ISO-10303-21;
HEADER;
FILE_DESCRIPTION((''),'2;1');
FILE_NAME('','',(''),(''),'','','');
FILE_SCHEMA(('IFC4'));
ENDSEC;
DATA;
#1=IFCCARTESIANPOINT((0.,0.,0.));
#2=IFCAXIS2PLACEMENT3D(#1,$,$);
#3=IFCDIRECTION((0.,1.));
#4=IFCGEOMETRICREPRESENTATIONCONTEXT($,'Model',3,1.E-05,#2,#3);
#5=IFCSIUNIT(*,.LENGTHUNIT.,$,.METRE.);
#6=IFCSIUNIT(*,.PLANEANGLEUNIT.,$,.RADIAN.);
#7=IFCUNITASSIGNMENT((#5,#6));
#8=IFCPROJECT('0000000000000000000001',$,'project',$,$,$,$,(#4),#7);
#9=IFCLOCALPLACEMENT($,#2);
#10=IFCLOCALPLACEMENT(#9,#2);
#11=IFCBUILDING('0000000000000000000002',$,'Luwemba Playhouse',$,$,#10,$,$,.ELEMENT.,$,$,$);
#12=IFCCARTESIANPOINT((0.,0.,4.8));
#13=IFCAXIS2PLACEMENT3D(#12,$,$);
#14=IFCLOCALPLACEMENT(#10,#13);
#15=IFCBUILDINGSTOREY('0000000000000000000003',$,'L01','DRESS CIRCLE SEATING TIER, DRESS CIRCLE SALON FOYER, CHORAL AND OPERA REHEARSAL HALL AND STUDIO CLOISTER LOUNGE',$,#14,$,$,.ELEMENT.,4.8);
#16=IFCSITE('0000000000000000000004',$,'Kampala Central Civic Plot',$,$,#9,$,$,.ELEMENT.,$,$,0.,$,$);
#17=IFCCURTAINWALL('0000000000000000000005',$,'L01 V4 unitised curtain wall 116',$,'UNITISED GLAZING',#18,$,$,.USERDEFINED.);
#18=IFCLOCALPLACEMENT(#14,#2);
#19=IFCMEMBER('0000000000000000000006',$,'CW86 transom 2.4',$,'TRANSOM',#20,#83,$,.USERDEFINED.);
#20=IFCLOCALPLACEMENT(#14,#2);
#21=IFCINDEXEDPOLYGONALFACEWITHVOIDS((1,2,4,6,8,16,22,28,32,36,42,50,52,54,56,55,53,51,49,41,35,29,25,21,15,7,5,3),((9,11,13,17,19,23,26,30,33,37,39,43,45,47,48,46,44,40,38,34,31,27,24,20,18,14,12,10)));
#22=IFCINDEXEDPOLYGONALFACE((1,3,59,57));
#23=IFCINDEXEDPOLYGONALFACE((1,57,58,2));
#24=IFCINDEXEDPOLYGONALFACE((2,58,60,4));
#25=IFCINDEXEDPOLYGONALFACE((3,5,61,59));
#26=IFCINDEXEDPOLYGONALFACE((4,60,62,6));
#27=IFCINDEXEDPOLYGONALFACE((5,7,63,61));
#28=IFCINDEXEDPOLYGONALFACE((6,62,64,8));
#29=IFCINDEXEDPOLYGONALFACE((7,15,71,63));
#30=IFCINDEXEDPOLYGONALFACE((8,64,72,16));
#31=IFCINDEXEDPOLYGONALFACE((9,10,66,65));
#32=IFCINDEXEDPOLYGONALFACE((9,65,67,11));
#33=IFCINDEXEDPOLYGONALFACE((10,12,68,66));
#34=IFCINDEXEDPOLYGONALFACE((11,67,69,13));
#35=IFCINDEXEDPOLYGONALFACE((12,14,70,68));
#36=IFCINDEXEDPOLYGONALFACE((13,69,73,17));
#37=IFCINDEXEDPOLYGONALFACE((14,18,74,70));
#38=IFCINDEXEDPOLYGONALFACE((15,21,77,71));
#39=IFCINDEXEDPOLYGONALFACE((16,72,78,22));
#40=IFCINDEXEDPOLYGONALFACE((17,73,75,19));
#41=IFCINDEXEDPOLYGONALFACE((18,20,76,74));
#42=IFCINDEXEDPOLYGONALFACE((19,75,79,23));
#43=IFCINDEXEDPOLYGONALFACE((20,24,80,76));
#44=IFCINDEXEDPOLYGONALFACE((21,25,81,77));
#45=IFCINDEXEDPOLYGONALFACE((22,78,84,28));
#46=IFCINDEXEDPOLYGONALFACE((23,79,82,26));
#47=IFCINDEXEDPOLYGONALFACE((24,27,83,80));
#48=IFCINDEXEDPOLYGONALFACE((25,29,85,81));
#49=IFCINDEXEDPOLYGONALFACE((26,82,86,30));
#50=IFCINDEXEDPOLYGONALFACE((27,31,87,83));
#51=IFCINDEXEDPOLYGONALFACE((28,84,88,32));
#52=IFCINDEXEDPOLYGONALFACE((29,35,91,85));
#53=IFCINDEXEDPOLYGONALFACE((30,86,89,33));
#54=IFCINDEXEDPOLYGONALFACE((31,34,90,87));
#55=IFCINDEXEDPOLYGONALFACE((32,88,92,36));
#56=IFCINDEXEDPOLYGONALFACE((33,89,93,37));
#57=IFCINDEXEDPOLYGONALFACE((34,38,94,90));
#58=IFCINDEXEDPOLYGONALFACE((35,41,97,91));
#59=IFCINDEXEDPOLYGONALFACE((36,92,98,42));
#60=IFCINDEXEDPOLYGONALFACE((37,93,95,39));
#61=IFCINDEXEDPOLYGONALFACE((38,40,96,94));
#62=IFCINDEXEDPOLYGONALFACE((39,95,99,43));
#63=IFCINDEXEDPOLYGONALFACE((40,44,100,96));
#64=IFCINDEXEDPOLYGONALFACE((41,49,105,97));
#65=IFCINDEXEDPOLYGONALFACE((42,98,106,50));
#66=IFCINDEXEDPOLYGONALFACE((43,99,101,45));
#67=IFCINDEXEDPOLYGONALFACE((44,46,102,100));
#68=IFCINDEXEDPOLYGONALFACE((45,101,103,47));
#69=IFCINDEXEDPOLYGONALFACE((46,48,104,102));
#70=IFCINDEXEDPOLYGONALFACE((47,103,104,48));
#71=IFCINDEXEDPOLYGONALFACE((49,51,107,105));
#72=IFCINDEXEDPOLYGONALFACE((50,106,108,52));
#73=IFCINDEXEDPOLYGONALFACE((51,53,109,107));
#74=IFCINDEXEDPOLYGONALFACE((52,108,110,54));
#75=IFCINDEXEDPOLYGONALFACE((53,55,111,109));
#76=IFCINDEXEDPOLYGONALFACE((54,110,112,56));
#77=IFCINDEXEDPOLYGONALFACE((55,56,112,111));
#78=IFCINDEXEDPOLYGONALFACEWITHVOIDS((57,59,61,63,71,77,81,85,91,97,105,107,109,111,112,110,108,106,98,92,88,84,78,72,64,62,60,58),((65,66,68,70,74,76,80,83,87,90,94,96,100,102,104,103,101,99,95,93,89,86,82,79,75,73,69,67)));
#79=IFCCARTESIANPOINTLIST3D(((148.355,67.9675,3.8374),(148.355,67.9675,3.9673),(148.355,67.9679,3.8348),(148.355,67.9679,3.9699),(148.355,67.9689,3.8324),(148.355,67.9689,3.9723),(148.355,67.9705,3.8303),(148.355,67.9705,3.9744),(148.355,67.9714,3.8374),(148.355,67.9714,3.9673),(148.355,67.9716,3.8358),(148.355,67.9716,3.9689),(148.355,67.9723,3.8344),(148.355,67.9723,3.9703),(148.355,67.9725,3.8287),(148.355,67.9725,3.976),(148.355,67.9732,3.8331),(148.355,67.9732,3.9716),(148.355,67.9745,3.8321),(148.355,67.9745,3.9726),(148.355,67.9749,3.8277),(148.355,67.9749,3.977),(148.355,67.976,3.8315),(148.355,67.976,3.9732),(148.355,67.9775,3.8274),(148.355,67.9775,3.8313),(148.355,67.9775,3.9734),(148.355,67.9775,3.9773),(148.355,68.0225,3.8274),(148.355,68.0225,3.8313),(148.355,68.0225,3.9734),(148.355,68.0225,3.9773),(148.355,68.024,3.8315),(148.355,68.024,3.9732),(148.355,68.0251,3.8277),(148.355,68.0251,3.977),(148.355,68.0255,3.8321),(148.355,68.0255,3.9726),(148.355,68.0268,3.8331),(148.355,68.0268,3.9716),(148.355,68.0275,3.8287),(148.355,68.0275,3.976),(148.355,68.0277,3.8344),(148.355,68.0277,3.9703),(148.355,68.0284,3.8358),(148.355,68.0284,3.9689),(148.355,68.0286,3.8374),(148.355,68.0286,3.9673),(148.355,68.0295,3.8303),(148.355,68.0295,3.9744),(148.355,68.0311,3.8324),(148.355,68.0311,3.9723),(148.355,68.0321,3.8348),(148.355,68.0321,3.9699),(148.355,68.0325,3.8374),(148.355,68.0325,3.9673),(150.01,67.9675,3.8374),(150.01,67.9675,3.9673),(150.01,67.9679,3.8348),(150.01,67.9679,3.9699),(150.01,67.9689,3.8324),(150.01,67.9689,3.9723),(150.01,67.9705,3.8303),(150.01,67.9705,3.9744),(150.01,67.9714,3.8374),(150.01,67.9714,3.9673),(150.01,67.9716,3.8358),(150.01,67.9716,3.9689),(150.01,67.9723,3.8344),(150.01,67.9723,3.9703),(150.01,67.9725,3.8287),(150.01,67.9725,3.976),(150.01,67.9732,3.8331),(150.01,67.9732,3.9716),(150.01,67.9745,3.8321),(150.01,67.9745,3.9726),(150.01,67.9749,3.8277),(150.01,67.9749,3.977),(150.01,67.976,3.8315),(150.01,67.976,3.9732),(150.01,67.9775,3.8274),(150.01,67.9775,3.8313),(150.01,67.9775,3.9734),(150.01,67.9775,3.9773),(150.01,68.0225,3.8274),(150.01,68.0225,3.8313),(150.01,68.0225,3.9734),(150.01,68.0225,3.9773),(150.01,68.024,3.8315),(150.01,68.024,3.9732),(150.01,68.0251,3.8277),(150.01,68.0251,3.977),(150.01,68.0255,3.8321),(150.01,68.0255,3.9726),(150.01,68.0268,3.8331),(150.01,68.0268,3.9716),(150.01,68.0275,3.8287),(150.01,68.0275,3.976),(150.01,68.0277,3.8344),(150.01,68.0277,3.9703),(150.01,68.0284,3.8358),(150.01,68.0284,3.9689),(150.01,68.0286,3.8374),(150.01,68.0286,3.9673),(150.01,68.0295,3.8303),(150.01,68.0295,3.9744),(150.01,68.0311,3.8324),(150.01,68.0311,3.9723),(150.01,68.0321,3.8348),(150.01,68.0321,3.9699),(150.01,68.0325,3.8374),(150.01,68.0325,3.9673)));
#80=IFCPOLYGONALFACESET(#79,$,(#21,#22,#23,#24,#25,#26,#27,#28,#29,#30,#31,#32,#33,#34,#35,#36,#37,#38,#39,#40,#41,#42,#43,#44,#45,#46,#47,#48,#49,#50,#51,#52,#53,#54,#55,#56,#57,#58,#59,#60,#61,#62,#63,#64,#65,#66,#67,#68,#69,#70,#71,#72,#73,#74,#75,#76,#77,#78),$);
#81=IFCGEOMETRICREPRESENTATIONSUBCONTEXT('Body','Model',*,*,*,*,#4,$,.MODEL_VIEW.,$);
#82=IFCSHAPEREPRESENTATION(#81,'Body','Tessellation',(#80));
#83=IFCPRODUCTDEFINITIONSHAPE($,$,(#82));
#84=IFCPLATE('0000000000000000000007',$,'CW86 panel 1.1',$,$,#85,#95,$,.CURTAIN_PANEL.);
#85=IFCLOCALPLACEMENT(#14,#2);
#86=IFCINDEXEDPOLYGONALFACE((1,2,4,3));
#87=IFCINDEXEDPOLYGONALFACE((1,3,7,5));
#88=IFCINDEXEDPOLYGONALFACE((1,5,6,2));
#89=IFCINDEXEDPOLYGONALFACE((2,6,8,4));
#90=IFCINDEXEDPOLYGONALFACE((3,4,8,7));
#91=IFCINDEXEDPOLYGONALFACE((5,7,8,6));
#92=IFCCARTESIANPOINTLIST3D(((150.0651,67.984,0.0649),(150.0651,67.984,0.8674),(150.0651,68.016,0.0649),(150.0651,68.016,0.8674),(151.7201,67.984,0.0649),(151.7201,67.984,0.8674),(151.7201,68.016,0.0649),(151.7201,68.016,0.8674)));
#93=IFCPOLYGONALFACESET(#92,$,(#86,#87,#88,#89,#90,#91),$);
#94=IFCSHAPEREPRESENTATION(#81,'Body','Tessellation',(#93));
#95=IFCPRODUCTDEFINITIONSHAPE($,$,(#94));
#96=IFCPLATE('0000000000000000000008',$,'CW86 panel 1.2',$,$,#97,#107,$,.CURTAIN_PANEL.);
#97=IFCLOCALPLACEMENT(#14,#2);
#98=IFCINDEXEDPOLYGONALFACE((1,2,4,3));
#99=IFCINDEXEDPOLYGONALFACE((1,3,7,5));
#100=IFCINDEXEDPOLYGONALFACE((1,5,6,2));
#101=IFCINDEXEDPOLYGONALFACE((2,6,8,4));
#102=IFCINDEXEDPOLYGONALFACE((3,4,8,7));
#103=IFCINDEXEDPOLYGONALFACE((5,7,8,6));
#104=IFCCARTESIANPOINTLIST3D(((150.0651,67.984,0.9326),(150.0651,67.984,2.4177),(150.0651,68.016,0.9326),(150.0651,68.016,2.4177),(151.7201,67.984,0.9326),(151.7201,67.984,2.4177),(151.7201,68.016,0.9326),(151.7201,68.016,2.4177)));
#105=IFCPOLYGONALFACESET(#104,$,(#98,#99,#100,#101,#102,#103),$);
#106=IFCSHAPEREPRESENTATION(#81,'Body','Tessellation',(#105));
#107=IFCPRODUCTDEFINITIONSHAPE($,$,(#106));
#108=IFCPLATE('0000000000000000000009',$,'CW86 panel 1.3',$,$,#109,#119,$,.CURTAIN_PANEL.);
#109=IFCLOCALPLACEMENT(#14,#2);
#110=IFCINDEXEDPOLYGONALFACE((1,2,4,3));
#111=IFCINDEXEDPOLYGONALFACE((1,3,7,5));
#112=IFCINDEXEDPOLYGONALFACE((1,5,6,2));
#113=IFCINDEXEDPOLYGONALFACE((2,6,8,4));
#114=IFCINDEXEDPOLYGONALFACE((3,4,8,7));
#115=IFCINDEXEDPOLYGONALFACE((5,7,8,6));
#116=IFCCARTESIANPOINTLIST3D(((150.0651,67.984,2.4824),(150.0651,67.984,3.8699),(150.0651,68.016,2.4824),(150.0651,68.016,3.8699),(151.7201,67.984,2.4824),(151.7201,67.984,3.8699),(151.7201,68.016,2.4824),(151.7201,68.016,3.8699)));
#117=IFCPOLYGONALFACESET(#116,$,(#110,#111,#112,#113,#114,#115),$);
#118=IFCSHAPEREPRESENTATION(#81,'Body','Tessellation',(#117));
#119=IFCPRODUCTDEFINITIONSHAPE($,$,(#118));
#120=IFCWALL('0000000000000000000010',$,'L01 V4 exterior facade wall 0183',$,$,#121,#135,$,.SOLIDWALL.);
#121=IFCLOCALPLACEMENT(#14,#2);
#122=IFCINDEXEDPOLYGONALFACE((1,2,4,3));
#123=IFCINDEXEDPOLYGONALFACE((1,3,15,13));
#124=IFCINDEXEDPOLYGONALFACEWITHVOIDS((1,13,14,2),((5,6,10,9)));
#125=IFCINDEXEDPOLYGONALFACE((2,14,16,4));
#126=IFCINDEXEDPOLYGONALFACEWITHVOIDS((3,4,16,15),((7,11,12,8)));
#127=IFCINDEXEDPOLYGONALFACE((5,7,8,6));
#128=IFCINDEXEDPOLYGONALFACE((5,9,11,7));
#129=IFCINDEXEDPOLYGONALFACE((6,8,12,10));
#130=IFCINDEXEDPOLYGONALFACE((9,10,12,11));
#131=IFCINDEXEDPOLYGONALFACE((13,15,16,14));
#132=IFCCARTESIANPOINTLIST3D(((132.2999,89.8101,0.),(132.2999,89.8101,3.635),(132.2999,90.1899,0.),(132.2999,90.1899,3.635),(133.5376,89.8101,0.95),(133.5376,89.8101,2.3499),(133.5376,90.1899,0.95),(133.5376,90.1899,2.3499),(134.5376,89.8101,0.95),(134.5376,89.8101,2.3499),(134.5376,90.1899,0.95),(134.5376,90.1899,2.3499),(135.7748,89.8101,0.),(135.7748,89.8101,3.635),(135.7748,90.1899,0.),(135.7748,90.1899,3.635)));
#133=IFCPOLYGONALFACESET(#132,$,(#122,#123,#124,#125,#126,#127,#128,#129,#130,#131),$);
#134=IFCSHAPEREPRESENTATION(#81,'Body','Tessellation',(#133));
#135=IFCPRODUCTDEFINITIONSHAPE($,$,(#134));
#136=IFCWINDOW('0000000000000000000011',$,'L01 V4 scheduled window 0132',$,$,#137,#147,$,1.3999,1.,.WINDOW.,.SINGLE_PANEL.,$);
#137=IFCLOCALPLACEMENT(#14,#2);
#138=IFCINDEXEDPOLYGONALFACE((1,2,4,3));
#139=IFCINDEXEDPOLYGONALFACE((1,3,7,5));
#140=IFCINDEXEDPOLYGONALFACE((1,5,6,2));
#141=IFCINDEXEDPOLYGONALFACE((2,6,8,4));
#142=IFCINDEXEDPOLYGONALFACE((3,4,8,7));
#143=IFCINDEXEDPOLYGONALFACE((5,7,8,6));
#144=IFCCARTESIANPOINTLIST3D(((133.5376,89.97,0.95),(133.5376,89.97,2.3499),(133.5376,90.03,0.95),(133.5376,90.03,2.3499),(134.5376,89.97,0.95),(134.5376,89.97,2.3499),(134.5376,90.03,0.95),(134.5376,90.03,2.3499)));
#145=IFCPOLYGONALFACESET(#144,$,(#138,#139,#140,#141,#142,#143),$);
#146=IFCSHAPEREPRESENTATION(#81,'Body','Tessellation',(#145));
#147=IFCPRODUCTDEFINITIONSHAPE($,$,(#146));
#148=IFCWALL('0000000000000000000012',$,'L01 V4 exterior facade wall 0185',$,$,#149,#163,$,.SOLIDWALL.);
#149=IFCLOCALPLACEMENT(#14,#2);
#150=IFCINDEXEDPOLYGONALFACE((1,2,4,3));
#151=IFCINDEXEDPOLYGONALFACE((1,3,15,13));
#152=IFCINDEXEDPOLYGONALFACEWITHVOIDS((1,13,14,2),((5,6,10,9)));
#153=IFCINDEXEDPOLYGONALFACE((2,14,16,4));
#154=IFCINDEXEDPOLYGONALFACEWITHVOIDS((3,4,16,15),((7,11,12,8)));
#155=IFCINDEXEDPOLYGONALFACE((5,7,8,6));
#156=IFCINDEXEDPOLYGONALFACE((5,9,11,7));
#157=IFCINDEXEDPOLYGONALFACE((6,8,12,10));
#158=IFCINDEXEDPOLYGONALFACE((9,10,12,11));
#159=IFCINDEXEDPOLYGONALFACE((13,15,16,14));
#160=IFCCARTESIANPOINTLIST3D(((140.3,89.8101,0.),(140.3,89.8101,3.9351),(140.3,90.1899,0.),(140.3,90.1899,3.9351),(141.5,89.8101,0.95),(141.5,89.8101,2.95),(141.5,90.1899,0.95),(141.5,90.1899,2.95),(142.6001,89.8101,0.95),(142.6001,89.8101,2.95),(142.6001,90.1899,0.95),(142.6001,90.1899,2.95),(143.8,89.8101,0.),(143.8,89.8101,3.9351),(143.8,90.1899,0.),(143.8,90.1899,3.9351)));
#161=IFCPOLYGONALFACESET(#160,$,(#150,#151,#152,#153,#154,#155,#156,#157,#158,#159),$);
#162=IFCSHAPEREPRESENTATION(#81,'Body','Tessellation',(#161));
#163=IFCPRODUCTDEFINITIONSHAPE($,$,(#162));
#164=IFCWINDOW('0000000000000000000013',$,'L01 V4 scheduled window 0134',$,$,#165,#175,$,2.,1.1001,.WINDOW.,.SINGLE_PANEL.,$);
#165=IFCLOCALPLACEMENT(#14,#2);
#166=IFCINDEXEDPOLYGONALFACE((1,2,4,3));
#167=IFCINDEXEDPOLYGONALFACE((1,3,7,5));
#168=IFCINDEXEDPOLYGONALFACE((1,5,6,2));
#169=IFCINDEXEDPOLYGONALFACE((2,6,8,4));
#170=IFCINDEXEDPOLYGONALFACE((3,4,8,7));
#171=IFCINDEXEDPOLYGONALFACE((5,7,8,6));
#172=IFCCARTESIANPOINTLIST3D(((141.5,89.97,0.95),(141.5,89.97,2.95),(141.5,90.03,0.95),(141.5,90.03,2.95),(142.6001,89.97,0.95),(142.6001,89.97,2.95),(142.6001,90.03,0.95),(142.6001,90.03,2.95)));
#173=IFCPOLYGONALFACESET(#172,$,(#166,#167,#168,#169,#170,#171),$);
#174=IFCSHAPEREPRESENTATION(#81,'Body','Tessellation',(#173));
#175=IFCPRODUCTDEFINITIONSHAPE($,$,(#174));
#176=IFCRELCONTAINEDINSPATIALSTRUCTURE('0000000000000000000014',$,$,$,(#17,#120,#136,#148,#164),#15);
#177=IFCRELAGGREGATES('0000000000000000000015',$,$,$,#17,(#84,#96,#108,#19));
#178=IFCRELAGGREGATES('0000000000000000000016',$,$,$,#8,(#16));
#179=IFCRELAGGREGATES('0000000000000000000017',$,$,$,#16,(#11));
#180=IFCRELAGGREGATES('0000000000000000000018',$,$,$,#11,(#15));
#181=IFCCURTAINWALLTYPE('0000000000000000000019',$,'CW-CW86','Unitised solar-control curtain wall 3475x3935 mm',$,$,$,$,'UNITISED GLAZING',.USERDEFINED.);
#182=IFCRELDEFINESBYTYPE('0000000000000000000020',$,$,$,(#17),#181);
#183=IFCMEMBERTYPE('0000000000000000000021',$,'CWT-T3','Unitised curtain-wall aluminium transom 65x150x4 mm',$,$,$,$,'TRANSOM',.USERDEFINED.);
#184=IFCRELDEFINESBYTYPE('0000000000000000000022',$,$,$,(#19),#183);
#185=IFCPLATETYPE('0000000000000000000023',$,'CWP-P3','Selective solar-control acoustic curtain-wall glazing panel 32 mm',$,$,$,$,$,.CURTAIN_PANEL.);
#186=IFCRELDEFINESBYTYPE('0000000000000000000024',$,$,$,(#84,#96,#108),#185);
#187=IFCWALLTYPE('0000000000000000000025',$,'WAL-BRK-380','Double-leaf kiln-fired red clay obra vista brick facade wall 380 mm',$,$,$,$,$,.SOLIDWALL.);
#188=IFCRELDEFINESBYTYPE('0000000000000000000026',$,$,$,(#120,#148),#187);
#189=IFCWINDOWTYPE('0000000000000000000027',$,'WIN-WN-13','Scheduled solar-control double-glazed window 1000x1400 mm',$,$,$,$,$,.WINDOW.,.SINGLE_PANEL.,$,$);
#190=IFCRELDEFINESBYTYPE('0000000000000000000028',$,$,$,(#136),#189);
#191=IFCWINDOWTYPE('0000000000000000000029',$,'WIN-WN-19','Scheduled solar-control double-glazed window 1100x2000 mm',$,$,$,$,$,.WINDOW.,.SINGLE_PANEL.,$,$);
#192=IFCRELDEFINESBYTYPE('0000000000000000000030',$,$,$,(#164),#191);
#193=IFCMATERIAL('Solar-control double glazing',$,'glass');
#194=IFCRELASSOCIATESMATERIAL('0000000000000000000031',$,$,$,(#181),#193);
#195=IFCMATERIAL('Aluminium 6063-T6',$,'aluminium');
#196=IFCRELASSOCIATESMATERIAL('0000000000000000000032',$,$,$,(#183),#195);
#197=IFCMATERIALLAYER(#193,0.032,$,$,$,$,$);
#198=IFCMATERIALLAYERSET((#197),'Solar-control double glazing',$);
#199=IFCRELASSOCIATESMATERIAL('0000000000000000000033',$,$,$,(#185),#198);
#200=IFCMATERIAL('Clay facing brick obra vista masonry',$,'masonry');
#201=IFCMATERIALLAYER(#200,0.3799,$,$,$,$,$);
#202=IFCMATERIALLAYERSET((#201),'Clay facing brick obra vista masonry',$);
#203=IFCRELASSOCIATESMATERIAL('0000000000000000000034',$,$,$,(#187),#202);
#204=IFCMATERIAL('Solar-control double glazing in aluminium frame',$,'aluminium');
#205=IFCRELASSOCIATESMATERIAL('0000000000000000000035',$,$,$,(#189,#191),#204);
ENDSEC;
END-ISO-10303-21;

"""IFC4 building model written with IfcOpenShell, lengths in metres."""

from ifc_helpers import new_model, si_unit, direction, frame, frame_2d, origin, origin_2d, place, context, subcontext, project, spatial, rectangle, hollow_rectangle, extrude, material, layer, layer_set, material_profile, profile_set, type_object, element, fill, aggregate, save


model = new_model("IFC4")

# Units and contexts
model_context = context("Model", 3, precision=1e-05, world=origin(), true_north=direction((0.0, 1.0)))
body_context = subcontext(model_context, "Body", "Model", "MODEL_VIEW")
ifc_project = project(units=[si_unit("LENGTHUNIT", "METRE"), si_unit("PLANEANGLEUNIT", "RADIAN")], contexts=[model_context])

# Site, building, storey
site_placement = place(None, origin())
site = spatial("IfcSite", under=ifc_project, at=site_placement, Name="Kampala Central Civic Plot", CompositionType="ELEMENT", RefElevation=0.0)
building_placement = place(site_placement, origin())
building = spatial("IfcBuilding", under=site, at=building_placement, Name="Luwemba Playhouse", CompositionType="ELEMENT")
storey_placement = place(building_placement, frame((0.0, 0.0, 4.8)))
storey = spatial("IfcBuildingStorey", under=building, at=storey_placement, Name="L01", Description="DRESS CIRCLE SEATING TIER, DRESS CIRCLE SALON FOYER, CHORAL AND OPERA REHEARSAL HALL AND STUDIO CLOISTER LOUNGE", CompositionType="ELEMENT", Elevation=4.8)

# Curtain wall, member, plates
ifc_material_1 = material(Name="Solar-control double glazing", Category="glass")
curtain_wall_type = type_object("IfcCurtainWallType", Name="CW-CW86", Description="Unitised solar-control curtain wall 3475x3935 mm", ElementType="UNITISED GLAZING", PredefinedType="USERDEFINED", material=ifc_material_1)
curtain_wall_placement = place(storey_placement, origin())
curtain_wall = element("IfcCurtainWall", 1, at=curtain_wall_placement, inside=storey, type_object=curtain_wall_type, Name="L01 V4 unitised curtain wall 116", ObjectType="UNITISED GLAZING", PredefinedType="USERDEFINED")
ifc_material_2 = material(Name="Aluminium 6063-T6", Category="aluminium")
ifc_material_profile_1 = material_profile(ifc_material_2, hollow_rectangle(XDim=0.0649, YDim=0.1499, WallThickness=0.0039, InnerFilletRadius=0.0061, OuterFilletRadius=0.01, at=origin_2d()))
ifc_profile_set_1 = profile_set([ifc_material_profile_1], Name="Aluminium 6063-T6")
member_type_1 = type_object("IfcMemberType", Name="CWT-T3", Description="Unitised curtain-wall aluminium transom 65x150x4 mm", ElementType="TRANSOM", PredefinedType="USERDEFINED", material=ifc_profile_set_1)
member_1_placement = place(storey_placement, frame((150.01, 68.0, 3.9023), z_axis=(-1.0, 0.0, 0.0), x_axis=(0.0, -1.0, 0.0)))
member_1 = element("IfcMember", 2, at=member_1_placement, type_object=member_type_1, Name="CW86 transom 2.4", ObjectType="TRANSOM", PredefinedType="USERDEFINED", context=body_context, shape_type="SweptSolid", body=[
    extrude(hollow_rectangle(XDim=0.0649, YDim=0.1499, WallThickness=0.0039, InnerFilletRadius=0.0061, OuterFilletRadius=0.01, at=origin_2d()), origin(), (0.0, 0.0, 1.0), 1.655),
])
ifc_layer_1 = layer(ifc_material_1, 0.032)
ifc_layer_set_1 = layer_set([ifc_layer_1], Name="Solar-control double glazing")
plate_type = type_object("IfcPlateType", Name="CWP-P3", Description="Selective solar-control acoustic curtain-wall glazing panel 32 mm", PredefinedType="CURTAIN_PANEL", material=ifc_layer_set_1)
plate_1_placement = place(storey_placement, frame((150.8926, 68.0, 0.0649), z_axis=(0.0, 0.0, 1.0), x_axis=(-1.0, 0.0, 0.0)))
plate_1 = element("IfcPlate", 3, at=plate_1_placement, type_object=plate_type, Name="CW86 panel 1.1", PredefinedType="CURTAIN_PANEL", context=body_context, shape_type="SweptSolid", body=[
    extrude(rectangle(XDim=1.655, YDim=0.032, at=origin_2d()), origin(), (0.0, 0.0, 1.0), 0.8025),
])
plate_2_placement = place(storey_placement, frame((150.8926, 68.0, 0.9326), z_axis=(0.0, 0.0, 1.0), x_axis=(-1.0, 0.0, 0.0)))
plate_2 = element("IfcPlate", 4, at=plate_2_placement, type_object=plate_type, Name="CW86 panel 1.2", PredefinedType="CURTAIN_PANEL", context=body_context, shape_type="SweptSolid", body=[
    extrude(rectangle(XDim=1.655, YDim=0.032, at=origin_2d()), origin(), (0.0, 0.0, 1.0), 1.4851),
])
plate_3_placement = place(storey_placement, frame((150.8926, 68.0, 2.4824), z_axis=(0.0, 0.0, 1.0), x_axis=(-1.0, 0.0, 0.0)))
plate_3 = element("IfcPlate", 5, at=plate_3_placement, type_object=plate_type, Name="CW86 panel 1.3", PredefinedType="CURTAIN_PANEL", context=body_context, shape_type="SweptSolid", body=[
    extrude(rectangle(XDim=1.655, YDim=0.032, at=origin_2d()), origin(), (0.0, 0.0, 1.0), 1.3875),
])
aggregate(curtain_wall, [plate_1, plate_2, plate_3, member_1])

# Walls, openings, windows
ifc_material_3 = material(Name="Clay facing brick obra vista masonry", Category="masonry")
ifc_layer_2 = layer(ifc_material_3, 0.3799)
ifc_layer_set_2 = layer_set([ifc_layer_2], Name="Clay facing brick obra vista masonry")
wall_type_1 = type_object("IfcWallType", Name="WAL-BRK-380", Description="Double-leaf kiln-fired red clay obra vista brick facade wall 380 mm", PredefinedType="SOLIDWALL", material=ifc_layer_set_2)
wall_1_placement = place(storey_placement, frame((132.3, 90.0, 0.0), z_axis=(0.0, 0.0, 1.0), x_axis=(1.0, 0.0, 0.0)))
wall_1 = element("IfcWall", 6, at=wall_1_placement, inside=storey, type_object=wall_type_1, Name="L01 V4 exterior facade wall 0183", PredefinedType="SOLIDWALL", context=body_context, shape_type="SweptSolid", body=[
    extrude(rectangle(XDim=3.4749, YDim=0.3799, at=frame_2d((1.7373, 0.0))), origin(), (0.0, 0.0, 1.0), 3.635),
])
opening_1_placement = place(wall_1_placement, frame((1.2375, 0.0, 0.95)))
opening_1 = element("IfcOpeningElement", 7, at=opening_1_placement, cuts=wall_1, PredefinedType="OPENING", context=body_context, shape_type="SweptSolid", body=[
    extrude(rectangle(XDim=1.0, YDim=1.3999, at=frame_2d((0.5, 0.7))), frame((0.0, 0.2, 0.0), z_axis=(0.0, -1.0, 0.0), x_axis=(1.0, 0.0, 0.0)), (0.0, 0.0, 1.0), 0.3999),
])
ifc_material_4 = material(Name="Solar-control double glazing in aluminium frame", Category="aluminium")
window_type_1 = type_object("IfcWindowType", Name="WIN-WN-13", Description="Scheduled solar-control double-glazed window 1000x1400 mm", PartitioningType="SINGLE_PANEL", PredefinedType="WINDOW", material=ifc_material_4)
window_1_placement = place(opening_1_placement, origin())
window_1 = element("IfcWindow", 8, at=window_1_placement, inside=storey, type_object=window_type_1, Name="L01 V4 scheduled window 0132", OverallHeight=1.3999, OverallWidth=1.0, PartitioningType="SINGLE_PANEL", PredefinedType="WINDOW", context=body_context, shape_type="SweptSolid", body=[
    extrude(rectangle(XDim=1.0, YDim=1.3999, at=frame_2d((0.5, 0.7))), frame((0.0, 0.03, 0.0), z_axis=(0.0, -1.0, 0.0), x_axis=(1.0, 0.0, 0.0)), (0.0, 0.0, 1.0), 0.0601),
])
fill(opening_1, window_1)
wall_2_placement = place(storey_placement, frame((140.3, 90.0, 0.0), z_axis=(0.0, 0.0, 1.0), x_axis=(1.0, 0.0, 0.0)))
wall_2 = element("IfcWall", 9, at=wall_2_placement, inside=storey, type_object=wall_type_1, Name="L01 V4 exterior facade wall 0185", PredefinedType="SOLIDWALL", context=body_context, shape_type="SweptSolid", body=[
    extrude(rectangle(XDim=3.5, YDim=0.3799, at=frame_2d((1.75, 0.0))), origin(), (0.0, 0.0, 1.0), 3.9351),
])
opening_2_placement = place(wall_2_placement, frame((1.2, 0.0, 0.95)))
opening_2 = element("IfcOpeningElement", 10, at=opening_2_placement, cuts=wall_2, PredefinedType="OPENING", context=body_context, shape_type="SweptSolid", body=[
    extrude(rectangle(XDim=1.1001, YDim=2.0, at=frame_2d((0.55, 1.0))), frame((0.0, 0.2, 0.0), z_axis=(0.0, -1.0, 0.0), x_axis=(1.0, 0.0, 0.0)), (0.0, 0.0, 1.0), 0.3999),
])
window_type_2 = type_object("IfcWindowType", Name="WIN-WN-19", Description="Scheduled solar-control double-glazed window 1100x2000 mm", PartitioningType="SINGLE_PANEL", PredefinedType="WINDOW", material=ifc_material_4)
window_2_placement = place(opening_2_placement, origin())
window_2 = element("IfcWindow", 11, at=window_2_placement, inside=storey, type_object=window_type_2, Name="L01 V4 scheduled window 0134", OverallHeight=2.0, OverallWidth=1.1001, PartitioningType="SINGLE_PANEL", PredefinedType="WINDOW", context=body_context, shape_type="SweptSolid", body=[
    extrude(rectangle(XDim=1.1001, YDim=2.0, at=frame_2d((0.55, 1.0))), frame((0.0, 0.03, 0.0), z_axis=(0.0, -1.0, 0.0), x_axis=(1.0, 0.0, 0.0)), (0.0, 0.0, 1.0), 0.0601),
])
fill(opening_2, window_2)

save(model, "model.ifc")
